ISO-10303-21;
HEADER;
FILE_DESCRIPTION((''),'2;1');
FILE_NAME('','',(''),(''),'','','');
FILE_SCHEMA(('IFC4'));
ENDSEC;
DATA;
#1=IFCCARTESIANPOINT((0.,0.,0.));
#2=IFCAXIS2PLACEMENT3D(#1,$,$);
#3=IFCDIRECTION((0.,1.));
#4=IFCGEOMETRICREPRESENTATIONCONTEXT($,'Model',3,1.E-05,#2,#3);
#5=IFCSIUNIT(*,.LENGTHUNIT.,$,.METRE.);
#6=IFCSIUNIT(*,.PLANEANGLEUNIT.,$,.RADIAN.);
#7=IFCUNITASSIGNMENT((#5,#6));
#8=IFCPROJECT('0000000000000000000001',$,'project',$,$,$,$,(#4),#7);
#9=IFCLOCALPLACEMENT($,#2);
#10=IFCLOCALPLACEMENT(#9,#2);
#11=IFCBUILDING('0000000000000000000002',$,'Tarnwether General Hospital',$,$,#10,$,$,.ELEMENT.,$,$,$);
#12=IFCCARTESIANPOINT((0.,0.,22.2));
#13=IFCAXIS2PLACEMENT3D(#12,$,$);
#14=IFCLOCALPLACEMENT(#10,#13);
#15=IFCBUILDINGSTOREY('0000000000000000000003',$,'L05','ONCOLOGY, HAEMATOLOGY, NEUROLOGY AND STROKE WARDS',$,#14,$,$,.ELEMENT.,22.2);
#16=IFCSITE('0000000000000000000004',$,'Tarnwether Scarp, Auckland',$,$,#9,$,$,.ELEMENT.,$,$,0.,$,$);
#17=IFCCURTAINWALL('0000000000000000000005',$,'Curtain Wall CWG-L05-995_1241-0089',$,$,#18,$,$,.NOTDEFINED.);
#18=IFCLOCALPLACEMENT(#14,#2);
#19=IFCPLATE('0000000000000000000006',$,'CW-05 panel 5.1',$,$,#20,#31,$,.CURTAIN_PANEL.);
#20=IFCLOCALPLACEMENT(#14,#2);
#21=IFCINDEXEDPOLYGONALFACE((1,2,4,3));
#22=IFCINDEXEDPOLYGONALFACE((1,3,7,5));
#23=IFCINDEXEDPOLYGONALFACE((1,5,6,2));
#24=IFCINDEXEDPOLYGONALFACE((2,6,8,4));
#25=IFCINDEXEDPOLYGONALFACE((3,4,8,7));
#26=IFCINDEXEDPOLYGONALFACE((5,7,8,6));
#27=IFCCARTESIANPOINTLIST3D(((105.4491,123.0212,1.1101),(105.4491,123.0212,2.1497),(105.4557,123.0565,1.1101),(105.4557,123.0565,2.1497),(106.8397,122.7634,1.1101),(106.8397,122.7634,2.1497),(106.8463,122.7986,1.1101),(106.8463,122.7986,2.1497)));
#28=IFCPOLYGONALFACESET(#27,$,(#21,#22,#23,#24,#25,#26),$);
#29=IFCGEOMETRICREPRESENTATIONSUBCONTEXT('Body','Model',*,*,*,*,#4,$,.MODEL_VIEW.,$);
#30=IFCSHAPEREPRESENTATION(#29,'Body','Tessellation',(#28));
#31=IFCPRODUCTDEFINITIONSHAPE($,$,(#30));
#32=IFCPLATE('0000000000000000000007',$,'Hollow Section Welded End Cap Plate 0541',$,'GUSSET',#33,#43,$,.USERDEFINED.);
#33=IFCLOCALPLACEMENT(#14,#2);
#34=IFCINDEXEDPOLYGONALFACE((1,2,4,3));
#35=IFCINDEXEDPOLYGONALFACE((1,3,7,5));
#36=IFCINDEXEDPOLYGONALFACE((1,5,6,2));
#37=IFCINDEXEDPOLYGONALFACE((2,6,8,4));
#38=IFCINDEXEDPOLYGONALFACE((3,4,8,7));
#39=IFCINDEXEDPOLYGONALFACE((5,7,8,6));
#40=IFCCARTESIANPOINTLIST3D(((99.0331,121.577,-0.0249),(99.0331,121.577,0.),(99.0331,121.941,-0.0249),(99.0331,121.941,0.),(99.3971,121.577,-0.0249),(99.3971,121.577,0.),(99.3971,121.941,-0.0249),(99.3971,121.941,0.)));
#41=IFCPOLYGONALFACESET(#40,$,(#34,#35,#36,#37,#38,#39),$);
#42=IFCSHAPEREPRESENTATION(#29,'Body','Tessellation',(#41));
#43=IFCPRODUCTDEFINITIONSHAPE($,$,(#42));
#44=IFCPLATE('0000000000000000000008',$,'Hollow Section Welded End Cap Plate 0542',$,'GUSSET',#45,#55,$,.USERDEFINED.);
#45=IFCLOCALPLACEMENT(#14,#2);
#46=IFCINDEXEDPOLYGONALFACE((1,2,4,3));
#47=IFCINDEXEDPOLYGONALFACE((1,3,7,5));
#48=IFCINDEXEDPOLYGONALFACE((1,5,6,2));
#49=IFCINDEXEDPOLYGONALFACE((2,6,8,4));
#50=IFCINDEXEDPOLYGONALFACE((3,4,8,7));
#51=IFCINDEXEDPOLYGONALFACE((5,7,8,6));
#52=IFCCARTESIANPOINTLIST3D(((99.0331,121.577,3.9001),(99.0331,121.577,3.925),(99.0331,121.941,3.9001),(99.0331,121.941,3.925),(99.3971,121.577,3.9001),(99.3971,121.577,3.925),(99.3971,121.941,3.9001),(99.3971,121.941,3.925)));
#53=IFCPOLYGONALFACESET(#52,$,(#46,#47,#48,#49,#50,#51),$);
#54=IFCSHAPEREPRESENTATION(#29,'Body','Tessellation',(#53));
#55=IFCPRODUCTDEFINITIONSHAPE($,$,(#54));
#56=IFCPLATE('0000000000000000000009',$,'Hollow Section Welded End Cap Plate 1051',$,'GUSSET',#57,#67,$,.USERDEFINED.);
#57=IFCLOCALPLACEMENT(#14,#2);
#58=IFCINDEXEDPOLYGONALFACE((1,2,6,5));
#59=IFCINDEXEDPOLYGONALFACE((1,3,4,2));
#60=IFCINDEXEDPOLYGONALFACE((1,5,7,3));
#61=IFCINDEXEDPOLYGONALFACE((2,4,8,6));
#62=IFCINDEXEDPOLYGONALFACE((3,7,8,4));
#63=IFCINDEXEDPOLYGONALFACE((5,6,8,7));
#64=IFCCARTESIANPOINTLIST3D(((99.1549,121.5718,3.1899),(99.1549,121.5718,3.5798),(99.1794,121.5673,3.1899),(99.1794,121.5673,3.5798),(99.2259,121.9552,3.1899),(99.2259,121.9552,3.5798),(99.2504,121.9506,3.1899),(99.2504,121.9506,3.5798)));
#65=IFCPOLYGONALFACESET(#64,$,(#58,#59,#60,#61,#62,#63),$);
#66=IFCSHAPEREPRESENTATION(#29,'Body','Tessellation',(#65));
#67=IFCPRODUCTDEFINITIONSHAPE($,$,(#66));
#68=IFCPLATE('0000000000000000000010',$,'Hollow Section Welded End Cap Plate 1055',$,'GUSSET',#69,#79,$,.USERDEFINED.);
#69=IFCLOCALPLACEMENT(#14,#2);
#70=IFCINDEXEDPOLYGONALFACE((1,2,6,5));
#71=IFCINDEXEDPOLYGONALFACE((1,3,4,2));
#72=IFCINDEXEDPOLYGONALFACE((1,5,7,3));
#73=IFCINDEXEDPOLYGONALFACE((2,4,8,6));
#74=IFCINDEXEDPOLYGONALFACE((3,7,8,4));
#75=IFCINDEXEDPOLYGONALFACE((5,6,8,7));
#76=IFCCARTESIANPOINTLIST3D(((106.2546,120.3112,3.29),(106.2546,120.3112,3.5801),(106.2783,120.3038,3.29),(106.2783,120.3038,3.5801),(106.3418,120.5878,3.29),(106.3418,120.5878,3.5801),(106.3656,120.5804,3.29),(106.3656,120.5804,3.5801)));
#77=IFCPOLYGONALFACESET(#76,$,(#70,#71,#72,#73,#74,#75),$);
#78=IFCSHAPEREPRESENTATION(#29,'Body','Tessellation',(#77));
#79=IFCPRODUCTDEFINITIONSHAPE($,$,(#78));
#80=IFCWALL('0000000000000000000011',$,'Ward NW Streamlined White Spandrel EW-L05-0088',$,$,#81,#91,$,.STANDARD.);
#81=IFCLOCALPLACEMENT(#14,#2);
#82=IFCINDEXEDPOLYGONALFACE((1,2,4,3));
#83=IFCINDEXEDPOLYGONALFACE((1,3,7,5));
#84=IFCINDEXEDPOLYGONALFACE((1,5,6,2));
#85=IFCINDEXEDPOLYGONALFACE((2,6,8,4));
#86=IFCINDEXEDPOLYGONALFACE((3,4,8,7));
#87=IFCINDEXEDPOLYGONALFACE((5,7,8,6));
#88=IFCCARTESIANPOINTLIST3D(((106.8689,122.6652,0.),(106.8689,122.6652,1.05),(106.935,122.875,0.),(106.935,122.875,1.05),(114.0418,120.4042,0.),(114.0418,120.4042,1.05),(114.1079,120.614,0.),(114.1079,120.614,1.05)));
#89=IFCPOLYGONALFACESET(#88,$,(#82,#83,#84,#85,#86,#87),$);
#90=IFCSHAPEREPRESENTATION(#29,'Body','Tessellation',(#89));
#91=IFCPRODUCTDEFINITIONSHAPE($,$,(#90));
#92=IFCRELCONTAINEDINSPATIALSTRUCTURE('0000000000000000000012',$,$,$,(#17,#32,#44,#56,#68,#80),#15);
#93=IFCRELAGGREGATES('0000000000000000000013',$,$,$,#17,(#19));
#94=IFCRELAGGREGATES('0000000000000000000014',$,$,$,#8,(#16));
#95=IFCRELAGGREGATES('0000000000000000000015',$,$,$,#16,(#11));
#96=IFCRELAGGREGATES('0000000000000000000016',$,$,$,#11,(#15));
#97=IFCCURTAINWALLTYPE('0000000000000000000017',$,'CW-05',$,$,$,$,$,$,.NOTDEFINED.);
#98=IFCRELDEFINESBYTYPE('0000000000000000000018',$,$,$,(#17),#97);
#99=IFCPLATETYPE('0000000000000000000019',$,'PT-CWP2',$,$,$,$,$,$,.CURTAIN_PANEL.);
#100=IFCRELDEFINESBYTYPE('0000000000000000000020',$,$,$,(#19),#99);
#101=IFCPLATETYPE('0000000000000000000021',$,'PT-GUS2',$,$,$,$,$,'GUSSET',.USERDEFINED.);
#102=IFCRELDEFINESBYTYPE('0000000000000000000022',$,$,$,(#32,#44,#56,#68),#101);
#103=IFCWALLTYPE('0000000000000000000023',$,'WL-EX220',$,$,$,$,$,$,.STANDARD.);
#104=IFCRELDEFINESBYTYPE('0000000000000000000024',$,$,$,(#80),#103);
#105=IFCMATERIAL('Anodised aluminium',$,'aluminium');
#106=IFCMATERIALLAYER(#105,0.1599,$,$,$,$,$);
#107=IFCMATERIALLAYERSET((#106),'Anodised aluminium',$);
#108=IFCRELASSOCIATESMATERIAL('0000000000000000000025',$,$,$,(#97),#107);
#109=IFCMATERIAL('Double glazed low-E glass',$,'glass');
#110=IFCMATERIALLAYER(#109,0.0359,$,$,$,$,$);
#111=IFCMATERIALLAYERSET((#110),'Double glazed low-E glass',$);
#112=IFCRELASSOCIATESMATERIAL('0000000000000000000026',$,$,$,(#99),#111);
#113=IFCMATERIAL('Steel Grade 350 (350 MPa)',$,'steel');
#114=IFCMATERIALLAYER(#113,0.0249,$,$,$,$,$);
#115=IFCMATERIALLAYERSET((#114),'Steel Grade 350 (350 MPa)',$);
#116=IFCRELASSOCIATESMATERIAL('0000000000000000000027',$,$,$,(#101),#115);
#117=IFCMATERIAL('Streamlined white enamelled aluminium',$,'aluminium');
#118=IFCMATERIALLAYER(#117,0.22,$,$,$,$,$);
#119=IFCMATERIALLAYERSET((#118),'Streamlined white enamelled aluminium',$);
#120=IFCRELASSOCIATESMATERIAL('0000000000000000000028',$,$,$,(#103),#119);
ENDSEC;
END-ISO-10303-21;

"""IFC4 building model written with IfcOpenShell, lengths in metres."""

from ifc_helpers import new_model, si_unit, direction, frame, frame_2d, origin, origin_2d, place, context, subcontext, project, spatial, rectangle, extrude, material, layer, layer_set, type_object, element, aggregate, save


model = new_model("IFC4")

# Units and contexts
model_context = context("Model", 3, precision=1e-05, world=origin(), true_north=direction((0.0, 1.0)))
body_context = subcontext(model_context, "Body", "Model", "MODEL_VIEW")
ifc_project = project(units=[si_unit("LENGTHUNIT", "METRE"), si_unit("PLANEANGLEUNIT", "RADIAN")], contexts=[model_context])

# Site, building, storey
site_placement = place(None, origin())
site = spatial("IfcSite", under=ifc_project, at=site_placement, Name="Tarnwether Scarp, Auckland", CompositionType="ELEMENT", RefElevation=0.0)
building_placement = place(site_placement, origin())
building = spatial("IfcBuilding", under=site, at=building_placement, Name="Tarnwether General Hospital", CompositionType="ELEMENT")
storey_placement = place(building_placement, frame((0.0, 0.0, 22.2)))
storey = spatial("IfcBuildingStorey", under=building, at=storey_placement, Name="L05", Description="ONCOLOGY, HAEMATOLOGY, NEUROLOGY AND STROKE WARDS", CompositionType="ELEMENT", Elevation=22.2)

# Curtain wall
ifc_material_1 = material(Name="Anodised aluminium", Category="aluminium")
ifc_layer_1 = layer(ifc_material_1, 0.1599)
ifc_layer_set_1 = layer_set([ifc_layer_1], Name="Anodised aluminium")
curtain_wall_type = type_object("IfcCurtainWallType", Name="CW-05", PredefinedType="NOTDEFINED", material=ifc_layer_set_1)
curtain_wall_1_placement = place(storey_placement, origin())
curtain_wall_1 = element("IfcCurtainWall", 1, at=curtain_wall_1_placement, inside=storey, type_object=curtain_wall_type, Name="Curtain Wall CWG-L05-995_1241-0089", PredefinedType="NOTDEFINED")

# Plate
ifc_material_2 = material(Name="Double glazed low-E glass", Category="glass")
ifc_layer_2 = layer(ifc_material_2, 0.0359)
ifc_layer_set_2 = layer_set([ifc_layer_2], Name="Double glazed low-E glass")
plate_type_1 = type_object("IfcPlateType", Name="PT-CWP2", PredefinedType="CURTAIN_PANEL", material=ifc_layer_set_2)
plate_1_placement = place(storey_placement, frame((106.1477, 122.9099, 1.1101), z_axis=(0.0, 0.0, 1.0), x_axis=(0.983245, -0.182289, 0.0)))
plate_1 = element("IfcPlate", 2, at=plate_1_placement, type_object=plate_type_1, Name="CW-05 panel 5.1", PredefinedType="CURTAIN_PANEL", context=body_context, shape_type="SweptSolid", body=[
    extrude(rectangle(XDim=1.4143, YDim=0.0359, at=origin_2d()), origin(), (0.0, 0.0, 1.0), 1.0396),
])
aggregate(curtain_wall_1, [plate_1])

# Plates
ifc_material_3 = material(Name="Steel Grade 350 (350 MPa)", Category="steel")
ifc_layer_3 = layer(ifc_material_3, 0.0249)
ifc_layer_set_3 = layer_set([ifc_layer_3], Name="Steel Grade 350 (350 MPa)")
plate_type_2 = type_object("IfcPlateType", Name="PT-GUS2", ElementType="GUSSET", PredefinedType="USERDEFINED", material=ifc_layer_set_3)
for number, where, z_axis, x_axis, name in (
    (3, (99.2151, 121.759, -0.0249), (0.0, 0.0, 1.0), (1.0, 0.0, 0.0), "Hollow Section Welded End Cap Plate 0541"),
    (4, (99.2151, 121.759, 3.9001), (0.0, 0.0, 1.0), (1.0, 0.0, 0.0), "Hollow Section Welded End Cap Plate 0542"),
):
    element("IfcPlate", number, at=place(storey_placement, frame(where, z_axis=z_axis, x_axis=x_axis)), inside=storey, type_object=plate_type_2, Name=name, ObjectType="GUSSET", PredefinedType="USERDEFINED", context=body_context, shape_type="SweptSolid", body=[
        extrude(rectangle(XDim=0.364, YDim=0.364, at=origin_2d()), origin(), (0.0, 0.0, 1.0), 0.0249),
    ])
plate_2_placement = place(storey_placement, frame((99.2026, 121.7612, 3.1899), z_axis=(0.0, 0.0, 1.0), x_axis=(0.983261, -0.182201, 0.0)))
element("IfcPlate", 5, at=plate_2_placement, inside=storey, type_object=plate_type_2, Name="Hollow Section Welded End Cap Plate 1051", ObjectType="GUSSET", PredefinedType="USERDEFINED", context=body_context, shape_type="SweptSolid", body=[
    extrude(rectangle(XDim=0.0249, YDim=0.3899, at=origin_2d()), origin(), (0.0, 0.0, 1.0), 0.3899),
])
plate_3_placement = place(storey_placement, frame((106.3101, 120.4458, 3.29), z_axis=(0.0, 0.0, 1.0), x_axis=(0.953691, -0.300789, 0.0)))
element("IfcPlate", 6, at=plate_3_placement, inside=storey, type_object=plate_type_2, Name="Hollow Section Welded End Cap Plate 1055", ObjectType="GUSSET", PredefinedType="USERDEFINED", context=body_context, shape_type="SweptSolid", body=[
    extrude(rectangle(XDim=0.0249, YDim=0.29, at=origin_2d()), origin(), (0.0, 0.0, 1.0), 0.29),
])

# Wall
ifc_material_4 = material(Name="Streamlined white enamelled aluminium", Category="aluminium")
ifc_layer_4 = layer(ifc_material_4, 0.22)
ifc_layer_set_4 = layer_set([ifc_layer_4], Name="Streamlined white enamelled aluminium")
wall_type = type_object("IfcWallType", Name="WL-EX220", PredefinedType="STANDARD", material=ifc_layer_set_4)
wall_placement = place(storey_placement, frame((106.9021, 122.77, 0.0), z_axis=(0.0, 0.0, 1.0), x_axis=(0.95374, -0.300633, 0.0)))
element("IfcWall", 7, at=wall_placement, inside=storey, type_object=wall_type, Name="Ward NW Streamlined White Spandrel EW-L05-0088", PredefinedType="STANDARD", context=body_context, shape_type="SweptSolid", body=[
    extrude(rectangle(XDim=7.5208, YDim=0.22, at=frame_2d((3.7603, 0.0))), origin(), (0.0, 0.0, 1.0), 1.05),
])

save(model, "model.ifc")
